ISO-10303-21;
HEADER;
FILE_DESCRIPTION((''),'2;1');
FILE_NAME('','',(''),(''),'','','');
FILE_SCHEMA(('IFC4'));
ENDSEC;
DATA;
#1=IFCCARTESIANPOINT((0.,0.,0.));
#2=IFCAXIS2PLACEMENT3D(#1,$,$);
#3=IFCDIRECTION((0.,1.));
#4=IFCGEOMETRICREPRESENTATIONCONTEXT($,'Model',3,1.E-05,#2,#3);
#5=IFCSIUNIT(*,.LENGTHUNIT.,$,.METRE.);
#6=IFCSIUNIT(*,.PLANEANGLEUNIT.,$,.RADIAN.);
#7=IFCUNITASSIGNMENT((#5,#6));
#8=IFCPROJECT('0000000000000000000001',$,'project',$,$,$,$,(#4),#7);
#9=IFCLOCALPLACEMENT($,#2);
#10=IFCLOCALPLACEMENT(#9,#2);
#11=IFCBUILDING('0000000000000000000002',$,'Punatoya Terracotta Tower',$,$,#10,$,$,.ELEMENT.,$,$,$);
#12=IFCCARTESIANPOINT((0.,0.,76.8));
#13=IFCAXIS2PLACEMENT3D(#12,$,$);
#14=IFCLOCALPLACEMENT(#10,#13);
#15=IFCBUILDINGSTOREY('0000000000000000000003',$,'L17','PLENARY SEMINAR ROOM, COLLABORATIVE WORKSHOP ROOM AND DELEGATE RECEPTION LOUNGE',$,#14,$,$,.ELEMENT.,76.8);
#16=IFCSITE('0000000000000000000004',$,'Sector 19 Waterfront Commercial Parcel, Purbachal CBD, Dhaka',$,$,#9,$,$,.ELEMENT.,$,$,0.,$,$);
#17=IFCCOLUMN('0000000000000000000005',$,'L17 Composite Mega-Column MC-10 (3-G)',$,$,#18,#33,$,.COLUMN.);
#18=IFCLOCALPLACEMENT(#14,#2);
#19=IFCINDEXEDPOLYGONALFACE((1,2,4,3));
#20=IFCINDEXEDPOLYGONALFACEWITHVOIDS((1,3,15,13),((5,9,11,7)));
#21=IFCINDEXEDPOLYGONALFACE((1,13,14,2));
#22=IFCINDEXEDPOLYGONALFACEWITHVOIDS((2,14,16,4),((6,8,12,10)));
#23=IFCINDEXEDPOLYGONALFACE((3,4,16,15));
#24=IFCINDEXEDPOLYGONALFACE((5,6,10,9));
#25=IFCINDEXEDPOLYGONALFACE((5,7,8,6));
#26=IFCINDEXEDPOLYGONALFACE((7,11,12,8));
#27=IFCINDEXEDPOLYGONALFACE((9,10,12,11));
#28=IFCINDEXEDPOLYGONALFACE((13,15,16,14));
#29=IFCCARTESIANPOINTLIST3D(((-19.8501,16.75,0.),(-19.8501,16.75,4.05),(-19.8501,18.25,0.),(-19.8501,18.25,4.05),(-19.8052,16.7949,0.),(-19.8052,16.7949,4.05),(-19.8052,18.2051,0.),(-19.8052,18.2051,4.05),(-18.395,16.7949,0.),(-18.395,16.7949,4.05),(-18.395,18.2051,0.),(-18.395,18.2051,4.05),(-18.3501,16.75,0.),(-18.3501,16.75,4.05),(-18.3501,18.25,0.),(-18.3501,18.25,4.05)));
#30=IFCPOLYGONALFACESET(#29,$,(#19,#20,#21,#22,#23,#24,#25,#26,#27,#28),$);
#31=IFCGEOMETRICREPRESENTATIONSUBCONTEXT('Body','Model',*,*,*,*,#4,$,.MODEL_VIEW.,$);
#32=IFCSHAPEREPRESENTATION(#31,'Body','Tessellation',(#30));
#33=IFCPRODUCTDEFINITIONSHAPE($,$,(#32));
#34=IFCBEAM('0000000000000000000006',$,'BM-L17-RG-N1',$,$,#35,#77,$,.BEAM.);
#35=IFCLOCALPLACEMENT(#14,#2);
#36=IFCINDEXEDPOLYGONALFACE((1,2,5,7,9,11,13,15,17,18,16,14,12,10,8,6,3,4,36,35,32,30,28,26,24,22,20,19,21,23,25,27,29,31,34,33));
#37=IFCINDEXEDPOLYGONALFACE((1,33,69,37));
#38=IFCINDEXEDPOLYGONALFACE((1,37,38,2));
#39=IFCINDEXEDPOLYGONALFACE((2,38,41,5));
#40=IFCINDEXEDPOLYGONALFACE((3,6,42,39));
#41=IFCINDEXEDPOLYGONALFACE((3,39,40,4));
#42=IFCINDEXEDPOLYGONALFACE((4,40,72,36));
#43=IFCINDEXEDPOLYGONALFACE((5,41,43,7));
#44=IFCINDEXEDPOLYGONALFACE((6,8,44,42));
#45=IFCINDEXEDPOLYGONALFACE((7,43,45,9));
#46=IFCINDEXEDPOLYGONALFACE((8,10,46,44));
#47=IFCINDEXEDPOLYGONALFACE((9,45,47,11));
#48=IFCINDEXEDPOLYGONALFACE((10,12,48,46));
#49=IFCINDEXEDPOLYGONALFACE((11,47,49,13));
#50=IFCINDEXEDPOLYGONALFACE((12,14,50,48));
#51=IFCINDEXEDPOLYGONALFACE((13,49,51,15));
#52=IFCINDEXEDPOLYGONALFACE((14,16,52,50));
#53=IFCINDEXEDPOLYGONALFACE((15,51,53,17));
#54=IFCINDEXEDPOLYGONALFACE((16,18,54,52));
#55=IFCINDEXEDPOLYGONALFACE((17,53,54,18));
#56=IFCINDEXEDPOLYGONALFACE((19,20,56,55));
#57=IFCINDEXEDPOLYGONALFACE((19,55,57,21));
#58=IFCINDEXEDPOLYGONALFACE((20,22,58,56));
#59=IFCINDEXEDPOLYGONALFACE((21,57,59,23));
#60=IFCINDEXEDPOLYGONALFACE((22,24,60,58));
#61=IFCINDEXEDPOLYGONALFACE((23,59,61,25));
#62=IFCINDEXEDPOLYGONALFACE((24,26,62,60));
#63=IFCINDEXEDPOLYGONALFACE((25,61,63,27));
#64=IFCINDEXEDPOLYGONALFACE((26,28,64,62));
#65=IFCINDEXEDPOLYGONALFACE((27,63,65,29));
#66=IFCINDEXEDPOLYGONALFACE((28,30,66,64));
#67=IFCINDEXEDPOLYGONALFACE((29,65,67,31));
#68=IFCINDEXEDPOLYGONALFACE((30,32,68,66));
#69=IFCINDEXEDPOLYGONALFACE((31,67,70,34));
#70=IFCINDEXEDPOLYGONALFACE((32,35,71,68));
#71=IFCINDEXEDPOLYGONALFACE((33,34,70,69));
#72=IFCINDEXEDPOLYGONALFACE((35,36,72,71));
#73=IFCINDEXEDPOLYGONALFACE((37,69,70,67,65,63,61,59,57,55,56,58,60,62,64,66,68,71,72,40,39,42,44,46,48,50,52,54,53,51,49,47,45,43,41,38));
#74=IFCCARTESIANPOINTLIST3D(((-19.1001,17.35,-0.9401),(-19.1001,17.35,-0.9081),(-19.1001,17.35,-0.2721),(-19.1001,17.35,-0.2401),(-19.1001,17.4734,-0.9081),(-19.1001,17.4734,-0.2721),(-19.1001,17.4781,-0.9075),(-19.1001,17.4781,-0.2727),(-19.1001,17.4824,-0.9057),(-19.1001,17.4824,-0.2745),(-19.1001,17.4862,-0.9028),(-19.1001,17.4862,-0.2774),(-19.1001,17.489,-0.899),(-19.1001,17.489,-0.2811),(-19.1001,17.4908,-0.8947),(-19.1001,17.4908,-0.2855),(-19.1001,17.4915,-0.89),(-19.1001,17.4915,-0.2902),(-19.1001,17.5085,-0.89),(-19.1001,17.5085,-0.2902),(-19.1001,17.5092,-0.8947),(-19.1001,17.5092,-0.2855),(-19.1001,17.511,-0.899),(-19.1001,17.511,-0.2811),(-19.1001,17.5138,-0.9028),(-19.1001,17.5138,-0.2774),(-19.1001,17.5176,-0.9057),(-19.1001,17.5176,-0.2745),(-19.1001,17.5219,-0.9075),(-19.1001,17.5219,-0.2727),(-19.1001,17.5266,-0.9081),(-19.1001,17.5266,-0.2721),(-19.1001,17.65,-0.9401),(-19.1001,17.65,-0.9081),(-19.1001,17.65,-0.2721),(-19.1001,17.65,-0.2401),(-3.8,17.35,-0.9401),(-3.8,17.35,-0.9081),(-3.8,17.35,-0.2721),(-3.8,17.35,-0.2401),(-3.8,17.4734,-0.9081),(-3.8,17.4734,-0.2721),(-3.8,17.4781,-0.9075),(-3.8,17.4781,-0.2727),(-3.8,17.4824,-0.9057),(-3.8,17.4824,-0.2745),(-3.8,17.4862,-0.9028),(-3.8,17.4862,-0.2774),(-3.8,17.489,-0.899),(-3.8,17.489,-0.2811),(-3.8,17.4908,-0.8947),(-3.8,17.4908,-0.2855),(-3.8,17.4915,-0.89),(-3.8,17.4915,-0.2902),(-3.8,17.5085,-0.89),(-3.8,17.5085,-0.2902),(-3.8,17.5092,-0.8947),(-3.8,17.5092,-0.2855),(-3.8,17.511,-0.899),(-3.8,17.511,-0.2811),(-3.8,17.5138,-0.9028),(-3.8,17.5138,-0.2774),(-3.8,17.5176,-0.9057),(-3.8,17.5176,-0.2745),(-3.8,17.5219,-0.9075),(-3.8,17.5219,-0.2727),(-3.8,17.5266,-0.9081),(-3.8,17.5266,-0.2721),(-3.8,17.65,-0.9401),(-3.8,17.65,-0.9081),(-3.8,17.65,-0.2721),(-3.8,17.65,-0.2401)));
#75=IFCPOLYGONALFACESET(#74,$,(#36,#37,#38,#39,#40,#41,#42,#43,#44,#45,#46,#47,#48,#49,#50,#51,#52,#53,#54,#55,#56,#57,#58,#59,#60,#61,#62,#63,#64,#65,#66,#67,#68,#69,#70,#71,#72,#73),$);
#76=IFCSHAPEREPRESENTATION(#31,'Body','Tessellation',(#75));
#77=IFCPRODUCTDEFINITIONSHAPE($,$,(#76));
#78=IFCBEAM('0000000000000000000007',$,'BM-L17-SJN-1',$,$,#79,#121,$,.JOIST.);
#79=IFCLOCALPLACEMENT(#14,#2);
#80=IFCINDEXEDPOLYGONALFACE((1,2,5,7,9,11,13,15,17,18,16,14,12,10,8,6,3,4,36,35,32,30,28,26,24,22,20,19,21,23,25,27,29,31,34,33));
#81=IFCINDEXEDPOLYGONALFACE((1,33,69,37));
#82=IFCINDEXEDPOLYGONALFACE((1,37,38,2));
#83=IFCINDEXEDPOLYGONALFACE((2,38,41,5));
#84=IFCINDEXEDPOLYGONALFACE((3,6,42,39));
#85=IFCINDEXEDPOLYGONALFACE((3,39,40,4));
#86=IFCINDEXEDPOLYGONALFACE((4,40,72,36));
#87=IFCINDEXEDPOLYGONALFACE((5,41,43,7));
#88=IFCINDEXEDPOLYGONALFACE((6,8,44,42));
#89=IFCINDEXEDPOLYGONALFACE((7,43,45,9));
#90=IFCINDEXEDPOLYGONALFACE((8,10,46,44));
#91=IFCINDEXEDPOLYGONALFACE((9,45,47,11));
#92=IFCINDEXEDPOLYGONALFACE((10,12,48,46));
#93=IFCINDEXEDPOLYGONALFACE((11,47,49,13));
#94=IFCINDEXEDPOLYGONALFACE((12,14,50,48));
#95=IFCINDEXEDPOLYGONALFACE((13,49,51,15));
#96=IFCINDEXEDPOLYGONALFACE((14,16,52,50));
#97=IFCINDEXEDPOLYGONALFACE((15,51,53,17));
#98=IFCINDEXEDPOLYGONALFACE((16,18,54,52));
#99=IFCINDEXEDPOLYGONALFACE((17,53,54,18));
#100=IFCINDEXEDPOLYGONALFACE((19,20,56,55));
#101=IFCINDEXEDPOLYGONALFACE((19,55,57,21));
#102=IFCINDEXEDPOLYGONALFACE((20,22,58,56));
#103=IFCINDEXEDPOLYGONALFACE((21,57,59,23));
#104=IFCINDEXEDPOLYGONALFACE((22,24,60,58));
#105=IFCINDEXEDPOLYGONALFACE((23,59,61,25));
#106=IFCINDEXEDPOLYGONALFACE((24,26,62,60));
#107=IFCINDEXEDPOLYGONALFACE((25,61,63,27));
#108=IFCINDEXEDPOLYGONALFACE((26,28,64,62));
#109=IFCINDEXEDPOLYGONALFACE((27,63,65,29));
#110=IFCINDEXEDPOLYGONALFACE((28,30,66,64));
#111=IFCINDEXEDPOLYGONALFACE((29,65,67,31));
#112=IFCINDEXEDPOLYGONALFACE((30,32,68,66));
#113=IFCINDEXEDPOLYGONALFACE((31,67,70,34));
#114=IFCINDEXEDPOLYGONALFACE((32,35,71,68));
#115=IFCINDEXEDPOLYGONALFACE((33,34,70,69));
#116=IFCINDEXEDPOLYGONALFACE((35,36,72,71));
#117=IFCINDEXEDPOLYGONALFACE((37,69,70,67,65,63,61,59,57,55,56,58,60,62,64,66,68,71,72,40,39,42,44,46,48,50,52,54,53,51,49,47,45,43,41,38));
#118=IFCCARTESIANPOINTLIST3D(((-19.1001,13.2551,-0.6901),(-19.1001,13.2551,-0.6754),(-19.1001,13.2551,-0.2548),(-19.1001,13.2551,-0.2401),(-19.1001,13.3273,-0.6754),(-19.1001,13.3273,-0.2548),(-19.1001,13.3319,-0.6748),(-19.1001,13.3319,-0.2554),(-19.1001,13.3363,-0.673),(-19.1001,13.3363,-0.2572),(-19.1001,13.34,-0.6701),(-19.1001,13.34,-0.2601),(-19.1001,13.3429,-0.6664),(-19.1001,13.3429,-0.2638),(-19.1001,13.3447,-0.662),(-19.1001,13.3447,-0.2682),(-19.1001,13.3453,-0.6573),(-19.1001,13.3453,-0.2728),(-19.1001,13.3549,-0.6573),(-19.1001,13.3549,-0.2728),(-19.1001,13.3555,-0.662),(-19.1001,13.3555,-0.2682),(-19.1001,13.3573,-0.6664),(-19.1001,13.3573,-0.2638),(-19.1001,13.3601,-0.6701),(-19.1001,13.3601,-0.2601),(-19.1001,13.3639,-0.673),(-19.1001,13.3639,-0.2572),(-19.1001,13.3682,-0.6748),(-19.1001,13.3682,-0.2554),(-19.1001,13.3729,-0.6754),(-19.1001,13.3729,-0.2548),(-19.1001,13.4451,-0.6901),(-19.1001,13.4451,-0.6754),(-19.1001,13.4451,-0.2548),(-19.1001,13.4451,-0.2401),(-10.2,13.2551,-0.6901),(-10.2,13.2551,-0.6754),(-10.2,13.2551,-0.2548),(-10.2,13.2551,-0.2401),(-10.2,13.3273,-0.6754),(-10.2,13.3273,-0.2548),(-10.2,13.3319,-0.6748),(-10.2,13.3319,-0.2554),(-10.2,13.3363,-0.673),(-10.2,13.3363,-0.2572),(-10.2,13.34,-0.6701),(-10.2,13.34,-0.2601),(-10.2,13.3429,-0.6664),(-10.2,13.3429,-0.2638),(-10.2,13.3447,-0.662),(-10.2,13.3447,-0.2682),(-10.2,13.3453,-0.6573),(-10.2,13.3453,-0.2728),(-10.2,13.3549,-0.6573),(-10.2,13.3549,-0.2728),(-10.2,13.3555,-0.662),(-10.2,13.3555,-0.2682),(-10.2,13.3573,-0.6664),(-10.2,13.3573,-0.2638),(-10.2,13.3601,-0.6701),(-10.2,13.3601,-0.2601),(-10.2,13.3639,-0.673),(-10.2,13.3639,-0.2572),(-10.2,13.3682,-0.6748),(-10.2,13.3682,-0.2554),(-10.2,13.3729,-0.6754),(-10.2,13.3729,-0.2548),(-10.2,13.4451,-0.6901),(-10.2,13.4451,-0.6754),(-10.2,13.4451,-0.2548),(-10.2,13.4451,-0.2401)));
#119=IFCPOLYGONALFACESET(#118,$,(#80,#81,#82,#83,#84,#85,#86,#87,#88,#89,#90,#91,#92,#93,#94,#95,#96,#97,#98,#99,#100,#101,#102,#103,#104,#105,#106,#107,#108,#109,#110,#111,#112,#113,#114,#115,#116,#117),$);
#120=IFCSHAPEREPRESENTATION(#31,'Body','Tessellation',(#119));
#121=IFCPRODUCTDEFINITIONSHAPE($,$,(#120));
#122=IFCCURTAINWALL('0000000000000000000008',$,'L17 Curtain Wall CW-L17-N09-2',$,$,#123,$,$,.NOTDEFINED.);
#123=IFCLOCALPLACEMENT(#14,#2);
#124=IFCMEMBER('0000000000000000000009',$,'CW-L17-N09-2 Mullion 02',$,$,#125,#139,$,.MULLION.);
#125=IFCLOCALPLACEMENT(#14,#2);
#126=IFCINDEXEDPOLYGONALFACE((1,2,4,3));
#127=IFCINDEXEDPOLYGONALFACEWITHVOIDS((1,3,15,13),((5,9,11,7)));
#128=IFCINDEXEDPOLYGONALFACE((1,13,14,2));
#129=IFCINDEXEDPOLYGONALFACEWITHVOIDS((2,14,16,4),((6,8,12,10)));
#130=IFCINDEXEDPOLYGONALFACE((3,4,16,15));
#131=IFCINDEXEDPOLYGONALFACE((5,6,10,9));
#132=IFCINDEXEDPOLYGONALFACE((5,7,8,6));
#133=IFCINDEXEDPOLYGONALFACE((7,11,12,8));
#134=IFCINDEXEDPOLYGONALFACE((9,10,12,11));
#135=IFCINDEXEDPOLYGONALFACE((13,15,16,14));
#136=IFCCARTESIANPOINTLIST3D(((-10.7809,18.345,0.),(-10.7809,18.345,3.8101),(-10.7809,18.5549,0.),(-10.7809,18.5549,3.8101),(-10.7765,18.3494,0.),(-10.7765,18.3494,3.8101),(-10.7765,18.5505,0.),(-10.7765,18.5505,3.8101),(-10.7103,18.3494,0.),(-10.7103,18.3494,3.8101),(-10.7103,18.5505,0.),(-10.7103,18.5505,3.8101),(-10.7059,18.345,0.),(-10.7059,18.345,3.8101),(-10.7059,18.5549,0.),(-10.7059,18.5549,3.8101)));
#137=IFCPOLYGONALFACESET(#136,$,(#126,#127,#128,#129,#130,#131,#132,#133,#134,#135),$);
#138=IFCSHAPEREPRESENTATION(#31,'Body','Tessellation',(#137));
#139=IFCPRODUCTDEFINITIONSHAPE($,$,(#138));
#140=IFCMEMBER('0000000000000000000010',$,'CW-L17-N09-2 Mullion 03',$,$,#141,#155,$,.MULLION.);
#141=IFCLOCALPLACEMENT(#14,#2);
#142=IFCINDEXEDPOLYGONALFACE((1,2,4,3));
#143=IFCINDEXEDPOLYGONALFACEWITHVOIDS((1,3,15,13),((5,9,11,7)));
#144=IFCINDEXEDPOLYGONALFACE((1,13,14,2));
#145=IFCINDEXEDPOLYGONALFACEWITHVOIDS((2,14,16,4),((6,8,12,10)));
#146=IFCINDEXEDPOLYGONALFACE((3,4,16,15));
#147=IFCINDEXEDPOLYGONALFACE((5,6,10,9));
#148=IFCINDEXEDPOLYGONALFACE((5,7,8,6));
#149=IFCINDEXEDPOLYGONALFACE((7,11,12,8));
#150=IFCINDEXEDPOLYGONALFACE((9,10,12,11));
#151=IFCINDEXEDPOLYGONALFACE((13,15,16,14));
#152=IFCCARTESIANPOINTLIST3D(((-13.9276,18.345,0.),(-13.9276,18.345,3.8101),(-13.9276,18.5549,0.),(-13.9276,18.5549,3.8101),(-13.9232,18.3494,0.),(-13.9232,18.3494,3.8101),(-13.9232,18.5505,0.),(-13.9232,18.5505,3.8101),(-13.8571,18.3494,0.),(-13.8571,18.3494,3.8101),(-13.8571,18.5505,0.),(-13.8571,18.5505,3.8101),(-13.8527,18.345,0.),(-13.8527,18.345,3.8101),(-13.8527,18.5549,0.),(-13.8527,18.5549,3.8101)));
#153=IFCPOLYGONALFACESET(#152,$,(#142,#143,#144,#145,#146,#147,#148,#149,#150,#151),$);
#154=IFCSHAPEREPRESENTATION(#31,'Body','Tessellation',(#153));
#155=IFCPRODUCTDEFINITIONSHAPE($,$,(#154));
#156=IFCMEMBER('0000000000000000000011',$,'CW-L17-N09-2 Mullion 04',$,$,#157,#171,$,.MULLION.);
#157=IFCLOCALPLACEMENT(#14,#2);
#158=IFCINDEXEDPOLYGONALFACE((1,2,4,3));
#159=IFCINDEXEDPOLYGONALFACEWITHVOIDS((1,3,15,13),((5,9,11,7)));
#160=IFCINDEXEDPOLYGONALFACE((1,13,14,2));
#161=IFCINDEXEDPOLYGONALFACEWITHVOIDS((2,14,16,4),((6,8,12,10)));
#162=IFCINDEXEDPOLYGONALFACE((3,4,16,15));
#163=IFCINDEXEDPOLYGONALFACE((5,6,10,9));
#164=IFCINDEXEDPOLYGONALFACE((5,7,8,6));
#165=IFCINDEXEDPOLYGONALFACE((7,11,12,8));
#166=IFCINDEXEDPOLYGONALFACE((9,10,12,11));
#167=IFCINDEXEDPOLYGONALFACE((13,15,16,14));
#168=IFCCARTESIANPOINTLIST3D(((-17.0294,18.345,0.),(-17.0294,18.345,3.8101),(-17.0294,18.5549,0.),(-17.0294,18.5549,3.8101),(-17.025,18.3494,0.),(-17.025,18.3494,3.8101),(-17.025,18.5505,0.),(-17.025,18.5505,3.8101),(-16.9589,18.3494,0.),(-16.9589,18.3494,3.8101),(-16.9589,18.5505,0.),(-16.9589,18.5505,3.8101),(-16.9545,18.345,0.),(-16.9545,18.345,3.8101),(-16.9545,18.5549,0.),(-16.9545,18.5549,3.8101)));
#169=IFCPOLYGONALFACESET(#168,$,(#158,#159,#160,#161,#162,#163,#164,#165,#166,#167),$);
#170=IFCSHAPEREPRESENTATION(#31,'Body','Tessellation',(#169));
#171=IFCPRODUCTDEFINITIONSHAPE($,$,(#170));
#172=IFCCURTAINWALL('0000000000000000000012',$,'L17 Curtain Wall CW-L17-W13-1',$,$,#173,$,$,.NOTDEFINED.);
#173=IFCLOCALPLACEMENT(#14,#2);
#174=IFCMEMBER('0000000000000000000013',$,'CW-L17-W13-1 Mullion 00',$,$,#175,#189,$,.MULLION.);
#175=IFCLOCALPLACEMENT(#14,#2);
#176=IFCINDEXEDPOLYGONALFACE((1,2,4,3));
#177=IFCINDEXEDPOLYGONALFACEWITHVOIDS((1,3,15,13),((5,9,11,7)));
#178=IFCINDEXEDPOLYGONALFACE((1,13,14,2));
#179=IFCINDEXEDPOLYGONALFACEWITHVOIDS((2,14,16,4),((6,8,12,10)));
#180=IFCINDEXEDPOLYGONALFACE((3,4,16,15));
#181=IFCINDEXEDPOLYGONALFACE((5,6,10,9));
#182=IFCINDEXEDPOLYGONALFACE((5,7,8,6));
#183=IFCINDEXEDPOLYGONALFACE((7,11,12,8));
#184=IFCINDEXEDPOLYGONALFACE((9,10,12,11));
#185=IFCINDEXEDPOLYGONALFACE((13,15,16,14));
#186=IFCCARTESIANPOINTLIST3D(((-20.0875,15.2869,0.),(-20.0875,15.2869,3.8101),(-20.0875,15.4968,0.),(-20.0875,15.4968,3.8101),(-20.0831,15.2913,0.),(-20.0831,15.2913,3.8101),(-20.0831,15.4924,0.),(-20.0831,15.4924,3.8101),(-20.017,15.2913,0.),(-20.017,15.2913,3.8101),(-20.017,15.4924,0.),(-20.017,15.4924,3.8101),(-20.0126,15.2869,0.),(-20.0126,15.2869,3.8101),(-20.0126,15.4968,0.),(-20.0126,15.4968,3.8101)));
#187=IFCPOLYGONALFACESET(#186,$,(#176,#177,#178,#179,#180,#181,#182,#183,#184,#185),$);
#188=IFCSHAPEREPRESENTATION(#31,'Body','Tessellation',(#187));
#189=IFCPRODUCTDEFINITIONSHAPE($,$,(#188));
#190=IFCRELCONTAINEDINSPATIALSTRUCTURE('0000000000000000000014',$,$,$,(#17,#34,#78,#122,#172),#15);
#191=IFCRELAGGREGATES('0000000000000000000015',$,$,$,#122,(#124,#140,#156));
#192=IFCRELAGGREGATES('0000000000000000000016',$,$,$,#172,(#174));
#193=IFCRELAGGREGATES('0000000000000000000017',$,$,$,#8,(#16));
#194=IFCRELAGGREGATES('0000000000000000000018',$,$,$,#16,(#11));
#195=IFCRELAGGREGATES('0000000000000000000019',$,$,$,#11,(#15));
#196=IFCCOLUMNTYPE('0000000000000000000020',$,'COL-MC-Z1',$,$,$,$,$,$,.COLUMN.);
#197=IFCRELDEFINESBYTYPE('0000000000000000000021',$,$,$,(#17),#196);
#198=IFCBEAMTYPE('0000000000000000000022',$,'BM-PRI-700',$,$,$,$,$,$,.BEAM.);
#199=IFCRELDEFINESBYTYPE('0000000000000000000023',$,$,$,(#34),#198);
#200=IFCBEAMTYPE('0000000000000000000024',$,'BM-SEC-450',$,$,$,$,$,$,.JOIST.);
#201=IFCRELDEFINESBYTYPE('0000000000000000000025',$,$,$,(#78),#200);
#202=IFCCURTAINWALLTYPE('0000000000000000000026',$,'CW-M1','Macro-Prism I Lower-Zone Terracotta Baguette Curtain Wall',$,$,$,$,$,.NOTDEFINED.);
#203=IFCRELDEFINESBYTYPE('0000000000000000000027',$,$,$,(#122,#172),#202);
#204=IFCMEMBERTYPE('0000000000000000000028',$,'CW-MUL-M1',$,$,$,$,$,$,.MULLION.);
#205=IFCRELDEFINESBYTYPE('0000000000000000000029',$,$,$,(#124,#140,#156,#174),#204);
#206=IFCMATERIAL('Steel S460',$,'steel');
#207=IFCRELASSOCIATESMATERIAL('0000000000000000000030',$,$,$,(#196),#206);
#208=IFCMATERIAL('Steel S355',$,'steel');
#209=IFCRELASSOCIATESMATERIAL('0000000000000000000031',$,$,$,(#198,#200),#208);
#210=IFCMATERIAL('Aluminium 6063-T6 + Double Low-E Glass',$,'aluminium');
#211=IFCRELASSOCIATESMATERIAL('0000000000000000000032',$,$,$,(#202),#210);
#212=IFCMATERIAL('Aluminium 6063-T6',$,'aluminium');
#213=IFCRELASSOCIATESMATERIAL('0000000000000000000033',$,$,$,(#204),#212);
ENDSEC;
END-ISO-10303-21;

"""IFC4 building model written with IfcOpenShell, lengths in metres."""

from ifc_helpers import new_model, si_unit, direction, frame, origin, origin_2d, place, context, subcontext, project, spatial, hollow_rectangle, i_section, extrude, material, material_profile, profile_set, type_object, element, aggregate, save


model = new_model("IFC4")

# Units and contexts
model_context = context("Model", 3, precision=1e-05, world=origin(), true_north=direction((0.0, 1.0)))
body_context = subcontext(model_context, "Body", "Model", "MODEL_VIEW")
ifc_project = project(units=[si_unit("LENGTHUNIT", "METRE"), si_unit("PLANEANGLEUNIT", "RADIAN")], contexts=[model_context])

# Site, building, storey
site_placement = place(None, origin())
site = spatial("IfcSite", under=ifc_project, at=site_placement, Name="Sector 19 Waterfront Commercial Parcel, Purbachal CBD, Dhaka", CompositionType="ELEMENT", RefElevation=0.0)
building_placement = place(site_placement, origin())
building = spatial("IfcBuilding", under=site, at=building_placement, Name="Punatoya Terracotta Tower", CompositionType="ELEMENT")
storey_placement = place(building_placement, frame((0.0, 0.0, 76.8)))
storey = spatial("IfcBuildingStorey", under=building, at=storey_placement, Name="L17", Description="PLENARY SEMINAR ROOM, COLLABORATIVE WORKSHOP ROOM AND DELEGATE RECEPTION LOUNGE", CompositionType="ELEMENT", Elevation=76.8)

# Column
ifc_material_1 = material(Name="Steel S460", Category="steel")
ifc_material_profile_1 = material_profile(ifc_material_1, hollow_rectangle(XDim=1.5, YDim=1.5, WallThickness=0.0449, at=origin_2d()))
ifc_profile_set_1 = profile_set([ifc_material_profile_1], Name="Steel S460")
column_type = type_object("IfcColumnType", Name="COL-MC-Z1", PredefinedType="COLUMN", material=ifc_profile_set_1)
column_placement = place(storey_placement, frame((-19.1001, 17.5, 0.0), z_axis=(0.0, 0.0, 1.0), x_axis=(1.0, 0.0, 0.0)))
element("IfcColumn", 1, at=column_placement, inside=storey, type_object=column_type, Name="L17 Composite Mega-Column MC-10 (3-G)", PredefinedType="COLUMN", context=body_context, shape_type="SweptSolid", body=[
    extrude(hollow_rectangle(XDim=1.5, YDim=1.5, WallThickness=0.0449, at=origin_2d()), origin(), (0.0, 0.0, 1.0), 4.05),
])

# Beams
ifc_material_2 = material(Name="Steel S355", Category="steel")
ifc_material_profile_2 = material_profile(ifc_material_2, i_section(OverallWidth=0.3, OverallDepth=0.7, WebThickness=0.0171, FlangeThickness=0.032, FilletRadius=0.0181, at=origin_2d()))
ifc_profile_set_2 = profile_set([ifc_material_profile_2], Name="Steel S355")
beam_type_1 = type_object("IfcBeamType", Name="BM-PRI-700", PredefinedType="BEAM", material=ifc_profile_set_2)
beam_1_placement = place(storey_placement, frame((-19.1001, 17.5, -0.5901), z_axis=(1.0, 0.0, 0.0), x_axis=(0.0, 1.0, 0.0)))
element("IfcBeam", 2, at=beam_1_placement, inside=storey, type_object=beam_type_1, Name="BM-L17-RG-N1", PredefinedType="BEAM", context=body_context, shape_type="SweptSolid", body=[
    extrude(i_section(OverallWidth=0.3, OverallDepth=0.7, WebThickness=0.0171, FlangeThickness=0.032, FilletRadius=0.0181, at=origin_2d()), origin(), (0.0, 0.0, 1.0), 15.3),
])
ifc_material_profile_3 = material_profile(ifc_material_2, i_section(OverallWidth=0.1899, OverallDepth=0.45, WebThickness=0.0095, FlangeThickness=0.0146, FilletRadius=0.0181, at=origin_2d()))
ifc_profile_set_3 = profile_set([ifc_material_profile_3], Name="Steel S355")
beam_type_2 = type_object("IfcBeamType", Name="BM-SEC-450", PredefinedType="JOIST", material=ifc_profile_set_3)
beam_2_placement = place(storey_placement, frame((-19.1001, 13.3501, -0.4651), z_axis=(1.0, 0.0, 0.0), x_axis=(0.0, 1.0, 0.0)))
element("IfcBeam", 3, at=beam_2_placement, inside=storey, type_object=beam_type_2, Name="BM-L17-SJN-1", PredefinedType="JOIST", context=body_context, shape_type="SweptSolid", body=[
    extrude(i_section(OverallWidth=0.1899, OverallDepth=0.45, WebThickness=0.0095, FlangeThickness=0.0146, FilletRadius=0.0181, at=origin_2d()), origin(), (0.0, 0.0, 1.0), 8.9001),
])

# Curtain walls, members
ifc_material_3 = material(Name="Aluminium 6063-T6 + Double Low-E Glass", Category="aluminium")
curtain_wall_type = type_object("IfcCurtainWallType", Name="CW-M1", Description="Macro-Prism I Lower-Zone Terracotta Baguette Curtain Wall", PredefinedType="NOTDEFINED", material=ifc_material_3)
curtain_wall_1_placement = place(storey_placement, origin())
curtain_wall_1 = element("IfcCurtainWall", 4, at=curtain_wall_1_placement, inside=storey, type_object=curtain_wall_type, Name="L17 Curtain Wall CW-L17-N09-2", PredefinedType="NOTDEFINED")
ifc_material_4 = material(Name="Aluminium 6063-T6", Category="aluminium")
ifc_material_profile_4 = material_profile(ifc_material_4, hollow_rectangle(XDim=0.075, YDim=0.21, WallThickness=0.0044, at=origin_2d()))
ifc_profile_set_4 = profile_set([ifc_material_profile_4], Name="Aluminium 6063-T6")
member_type_1 = type_object("IfcMemberType", Name="CW-MUL-M1", PredefinedType="MULLION", material=ifc_profile_set_4)
member_1_placement = place(storey_placement, frame((-10.7434, 18.45, 0.0), z_axis=(0.0, 0.0, 1.0), x_axis=(1.0, 0.0, 0.0)))
member_1 = element("IfcMember", 5, at=member_1_placement, type_object=member_type_1, Name="CW-L17-N09-2 Mullion 02", PredefinedType="MULLION", context=body_context, shape_type="SweptSolid", body=[
    extrude(hollow_rectangle(XDim=0.075, YDim=0.21, WallThickness=0.0044, at=origin_2d()), origin(), (0.0, 0.0, 1.0), 3.8101),
])
member_2_placement = place(storey_placement, frame((-13.8901, 18.45, 0.0), z_axis=(0.0, 0.0, 1.0), x_axis=(1.0, 0.0, 0.0)))
member_2 = element("IfcMember", 6, at=member_2_placement, type_object=member_type_1, Name="CW-L17-N09-2 Mullion 03", PredefinedType="MULLION", context=body_context, shape_type="SweptSolid", body=[
    extrude(hollow_rectangle(XDim=0.075, YDim=0.21, WallThickness=0.0044, at=origin_2d()), origin(), (0.0, 0.0, 1.0), 3.8101),
])
member_3_placement = place(storey_placement, frame((-16.9919, 18.45, 0.0), z_axis=(0.0, 0.0, 1.0), x_axis=(1.0, 0.0, 0.0)))
member_3 = element("IfcMember", 7, at=member_3_placement, type_object=member_type_1, Name="CW-L17-N09-2 Mullion 04", PredefinedType="MULLION", context=body_context, shape_type="SweptSolid", body=[
    extrude(hollow_rectangle(XDim=0.075, YDim=0.21, WallThickness=0.0044, at=origin_2d()), origin(), (0.0, 0.0, 1.0), 3.8101),
])
curtain_wall_2_placement = place(storey_placement, origin())
curtain_wall_2 = element("IfcCurtainWall", 8, at=curtain_wall_2_placement, inside=storey, type_object=curtain_wall_type, Name="L17 Curtain Wall CW-L17-W13-1", PredefinedType="NOTDEFINED")
member_4_placement = place(storey_placement, frame((-20.05, 15.3918, 0.0), z_axis=(0.0, 0.0, 1.0), x_axis=(1.0, 0.0, 0.0)))
member_4 = element("IfcMember", 9, at=member_4_placement, type_object=member_type_1, Name="CW-L17-W13-1 Mullion 00", PredefinedType="MULLION", context=body_context, shape_type="SweptSolid", body=[
    extrude(hollow_rectangle(XDim=0.075, YDim=0.21, WallThickness=0.0044, at=origin_2d()), origin(), (0.0, 0.0, 1.0), 3.8101),
])

aggregate(curtain_wall_1, [member_1, member_2, member_3])
aggregate(curtain_wall_2, [member_4])

save(model, "model.ifc")
